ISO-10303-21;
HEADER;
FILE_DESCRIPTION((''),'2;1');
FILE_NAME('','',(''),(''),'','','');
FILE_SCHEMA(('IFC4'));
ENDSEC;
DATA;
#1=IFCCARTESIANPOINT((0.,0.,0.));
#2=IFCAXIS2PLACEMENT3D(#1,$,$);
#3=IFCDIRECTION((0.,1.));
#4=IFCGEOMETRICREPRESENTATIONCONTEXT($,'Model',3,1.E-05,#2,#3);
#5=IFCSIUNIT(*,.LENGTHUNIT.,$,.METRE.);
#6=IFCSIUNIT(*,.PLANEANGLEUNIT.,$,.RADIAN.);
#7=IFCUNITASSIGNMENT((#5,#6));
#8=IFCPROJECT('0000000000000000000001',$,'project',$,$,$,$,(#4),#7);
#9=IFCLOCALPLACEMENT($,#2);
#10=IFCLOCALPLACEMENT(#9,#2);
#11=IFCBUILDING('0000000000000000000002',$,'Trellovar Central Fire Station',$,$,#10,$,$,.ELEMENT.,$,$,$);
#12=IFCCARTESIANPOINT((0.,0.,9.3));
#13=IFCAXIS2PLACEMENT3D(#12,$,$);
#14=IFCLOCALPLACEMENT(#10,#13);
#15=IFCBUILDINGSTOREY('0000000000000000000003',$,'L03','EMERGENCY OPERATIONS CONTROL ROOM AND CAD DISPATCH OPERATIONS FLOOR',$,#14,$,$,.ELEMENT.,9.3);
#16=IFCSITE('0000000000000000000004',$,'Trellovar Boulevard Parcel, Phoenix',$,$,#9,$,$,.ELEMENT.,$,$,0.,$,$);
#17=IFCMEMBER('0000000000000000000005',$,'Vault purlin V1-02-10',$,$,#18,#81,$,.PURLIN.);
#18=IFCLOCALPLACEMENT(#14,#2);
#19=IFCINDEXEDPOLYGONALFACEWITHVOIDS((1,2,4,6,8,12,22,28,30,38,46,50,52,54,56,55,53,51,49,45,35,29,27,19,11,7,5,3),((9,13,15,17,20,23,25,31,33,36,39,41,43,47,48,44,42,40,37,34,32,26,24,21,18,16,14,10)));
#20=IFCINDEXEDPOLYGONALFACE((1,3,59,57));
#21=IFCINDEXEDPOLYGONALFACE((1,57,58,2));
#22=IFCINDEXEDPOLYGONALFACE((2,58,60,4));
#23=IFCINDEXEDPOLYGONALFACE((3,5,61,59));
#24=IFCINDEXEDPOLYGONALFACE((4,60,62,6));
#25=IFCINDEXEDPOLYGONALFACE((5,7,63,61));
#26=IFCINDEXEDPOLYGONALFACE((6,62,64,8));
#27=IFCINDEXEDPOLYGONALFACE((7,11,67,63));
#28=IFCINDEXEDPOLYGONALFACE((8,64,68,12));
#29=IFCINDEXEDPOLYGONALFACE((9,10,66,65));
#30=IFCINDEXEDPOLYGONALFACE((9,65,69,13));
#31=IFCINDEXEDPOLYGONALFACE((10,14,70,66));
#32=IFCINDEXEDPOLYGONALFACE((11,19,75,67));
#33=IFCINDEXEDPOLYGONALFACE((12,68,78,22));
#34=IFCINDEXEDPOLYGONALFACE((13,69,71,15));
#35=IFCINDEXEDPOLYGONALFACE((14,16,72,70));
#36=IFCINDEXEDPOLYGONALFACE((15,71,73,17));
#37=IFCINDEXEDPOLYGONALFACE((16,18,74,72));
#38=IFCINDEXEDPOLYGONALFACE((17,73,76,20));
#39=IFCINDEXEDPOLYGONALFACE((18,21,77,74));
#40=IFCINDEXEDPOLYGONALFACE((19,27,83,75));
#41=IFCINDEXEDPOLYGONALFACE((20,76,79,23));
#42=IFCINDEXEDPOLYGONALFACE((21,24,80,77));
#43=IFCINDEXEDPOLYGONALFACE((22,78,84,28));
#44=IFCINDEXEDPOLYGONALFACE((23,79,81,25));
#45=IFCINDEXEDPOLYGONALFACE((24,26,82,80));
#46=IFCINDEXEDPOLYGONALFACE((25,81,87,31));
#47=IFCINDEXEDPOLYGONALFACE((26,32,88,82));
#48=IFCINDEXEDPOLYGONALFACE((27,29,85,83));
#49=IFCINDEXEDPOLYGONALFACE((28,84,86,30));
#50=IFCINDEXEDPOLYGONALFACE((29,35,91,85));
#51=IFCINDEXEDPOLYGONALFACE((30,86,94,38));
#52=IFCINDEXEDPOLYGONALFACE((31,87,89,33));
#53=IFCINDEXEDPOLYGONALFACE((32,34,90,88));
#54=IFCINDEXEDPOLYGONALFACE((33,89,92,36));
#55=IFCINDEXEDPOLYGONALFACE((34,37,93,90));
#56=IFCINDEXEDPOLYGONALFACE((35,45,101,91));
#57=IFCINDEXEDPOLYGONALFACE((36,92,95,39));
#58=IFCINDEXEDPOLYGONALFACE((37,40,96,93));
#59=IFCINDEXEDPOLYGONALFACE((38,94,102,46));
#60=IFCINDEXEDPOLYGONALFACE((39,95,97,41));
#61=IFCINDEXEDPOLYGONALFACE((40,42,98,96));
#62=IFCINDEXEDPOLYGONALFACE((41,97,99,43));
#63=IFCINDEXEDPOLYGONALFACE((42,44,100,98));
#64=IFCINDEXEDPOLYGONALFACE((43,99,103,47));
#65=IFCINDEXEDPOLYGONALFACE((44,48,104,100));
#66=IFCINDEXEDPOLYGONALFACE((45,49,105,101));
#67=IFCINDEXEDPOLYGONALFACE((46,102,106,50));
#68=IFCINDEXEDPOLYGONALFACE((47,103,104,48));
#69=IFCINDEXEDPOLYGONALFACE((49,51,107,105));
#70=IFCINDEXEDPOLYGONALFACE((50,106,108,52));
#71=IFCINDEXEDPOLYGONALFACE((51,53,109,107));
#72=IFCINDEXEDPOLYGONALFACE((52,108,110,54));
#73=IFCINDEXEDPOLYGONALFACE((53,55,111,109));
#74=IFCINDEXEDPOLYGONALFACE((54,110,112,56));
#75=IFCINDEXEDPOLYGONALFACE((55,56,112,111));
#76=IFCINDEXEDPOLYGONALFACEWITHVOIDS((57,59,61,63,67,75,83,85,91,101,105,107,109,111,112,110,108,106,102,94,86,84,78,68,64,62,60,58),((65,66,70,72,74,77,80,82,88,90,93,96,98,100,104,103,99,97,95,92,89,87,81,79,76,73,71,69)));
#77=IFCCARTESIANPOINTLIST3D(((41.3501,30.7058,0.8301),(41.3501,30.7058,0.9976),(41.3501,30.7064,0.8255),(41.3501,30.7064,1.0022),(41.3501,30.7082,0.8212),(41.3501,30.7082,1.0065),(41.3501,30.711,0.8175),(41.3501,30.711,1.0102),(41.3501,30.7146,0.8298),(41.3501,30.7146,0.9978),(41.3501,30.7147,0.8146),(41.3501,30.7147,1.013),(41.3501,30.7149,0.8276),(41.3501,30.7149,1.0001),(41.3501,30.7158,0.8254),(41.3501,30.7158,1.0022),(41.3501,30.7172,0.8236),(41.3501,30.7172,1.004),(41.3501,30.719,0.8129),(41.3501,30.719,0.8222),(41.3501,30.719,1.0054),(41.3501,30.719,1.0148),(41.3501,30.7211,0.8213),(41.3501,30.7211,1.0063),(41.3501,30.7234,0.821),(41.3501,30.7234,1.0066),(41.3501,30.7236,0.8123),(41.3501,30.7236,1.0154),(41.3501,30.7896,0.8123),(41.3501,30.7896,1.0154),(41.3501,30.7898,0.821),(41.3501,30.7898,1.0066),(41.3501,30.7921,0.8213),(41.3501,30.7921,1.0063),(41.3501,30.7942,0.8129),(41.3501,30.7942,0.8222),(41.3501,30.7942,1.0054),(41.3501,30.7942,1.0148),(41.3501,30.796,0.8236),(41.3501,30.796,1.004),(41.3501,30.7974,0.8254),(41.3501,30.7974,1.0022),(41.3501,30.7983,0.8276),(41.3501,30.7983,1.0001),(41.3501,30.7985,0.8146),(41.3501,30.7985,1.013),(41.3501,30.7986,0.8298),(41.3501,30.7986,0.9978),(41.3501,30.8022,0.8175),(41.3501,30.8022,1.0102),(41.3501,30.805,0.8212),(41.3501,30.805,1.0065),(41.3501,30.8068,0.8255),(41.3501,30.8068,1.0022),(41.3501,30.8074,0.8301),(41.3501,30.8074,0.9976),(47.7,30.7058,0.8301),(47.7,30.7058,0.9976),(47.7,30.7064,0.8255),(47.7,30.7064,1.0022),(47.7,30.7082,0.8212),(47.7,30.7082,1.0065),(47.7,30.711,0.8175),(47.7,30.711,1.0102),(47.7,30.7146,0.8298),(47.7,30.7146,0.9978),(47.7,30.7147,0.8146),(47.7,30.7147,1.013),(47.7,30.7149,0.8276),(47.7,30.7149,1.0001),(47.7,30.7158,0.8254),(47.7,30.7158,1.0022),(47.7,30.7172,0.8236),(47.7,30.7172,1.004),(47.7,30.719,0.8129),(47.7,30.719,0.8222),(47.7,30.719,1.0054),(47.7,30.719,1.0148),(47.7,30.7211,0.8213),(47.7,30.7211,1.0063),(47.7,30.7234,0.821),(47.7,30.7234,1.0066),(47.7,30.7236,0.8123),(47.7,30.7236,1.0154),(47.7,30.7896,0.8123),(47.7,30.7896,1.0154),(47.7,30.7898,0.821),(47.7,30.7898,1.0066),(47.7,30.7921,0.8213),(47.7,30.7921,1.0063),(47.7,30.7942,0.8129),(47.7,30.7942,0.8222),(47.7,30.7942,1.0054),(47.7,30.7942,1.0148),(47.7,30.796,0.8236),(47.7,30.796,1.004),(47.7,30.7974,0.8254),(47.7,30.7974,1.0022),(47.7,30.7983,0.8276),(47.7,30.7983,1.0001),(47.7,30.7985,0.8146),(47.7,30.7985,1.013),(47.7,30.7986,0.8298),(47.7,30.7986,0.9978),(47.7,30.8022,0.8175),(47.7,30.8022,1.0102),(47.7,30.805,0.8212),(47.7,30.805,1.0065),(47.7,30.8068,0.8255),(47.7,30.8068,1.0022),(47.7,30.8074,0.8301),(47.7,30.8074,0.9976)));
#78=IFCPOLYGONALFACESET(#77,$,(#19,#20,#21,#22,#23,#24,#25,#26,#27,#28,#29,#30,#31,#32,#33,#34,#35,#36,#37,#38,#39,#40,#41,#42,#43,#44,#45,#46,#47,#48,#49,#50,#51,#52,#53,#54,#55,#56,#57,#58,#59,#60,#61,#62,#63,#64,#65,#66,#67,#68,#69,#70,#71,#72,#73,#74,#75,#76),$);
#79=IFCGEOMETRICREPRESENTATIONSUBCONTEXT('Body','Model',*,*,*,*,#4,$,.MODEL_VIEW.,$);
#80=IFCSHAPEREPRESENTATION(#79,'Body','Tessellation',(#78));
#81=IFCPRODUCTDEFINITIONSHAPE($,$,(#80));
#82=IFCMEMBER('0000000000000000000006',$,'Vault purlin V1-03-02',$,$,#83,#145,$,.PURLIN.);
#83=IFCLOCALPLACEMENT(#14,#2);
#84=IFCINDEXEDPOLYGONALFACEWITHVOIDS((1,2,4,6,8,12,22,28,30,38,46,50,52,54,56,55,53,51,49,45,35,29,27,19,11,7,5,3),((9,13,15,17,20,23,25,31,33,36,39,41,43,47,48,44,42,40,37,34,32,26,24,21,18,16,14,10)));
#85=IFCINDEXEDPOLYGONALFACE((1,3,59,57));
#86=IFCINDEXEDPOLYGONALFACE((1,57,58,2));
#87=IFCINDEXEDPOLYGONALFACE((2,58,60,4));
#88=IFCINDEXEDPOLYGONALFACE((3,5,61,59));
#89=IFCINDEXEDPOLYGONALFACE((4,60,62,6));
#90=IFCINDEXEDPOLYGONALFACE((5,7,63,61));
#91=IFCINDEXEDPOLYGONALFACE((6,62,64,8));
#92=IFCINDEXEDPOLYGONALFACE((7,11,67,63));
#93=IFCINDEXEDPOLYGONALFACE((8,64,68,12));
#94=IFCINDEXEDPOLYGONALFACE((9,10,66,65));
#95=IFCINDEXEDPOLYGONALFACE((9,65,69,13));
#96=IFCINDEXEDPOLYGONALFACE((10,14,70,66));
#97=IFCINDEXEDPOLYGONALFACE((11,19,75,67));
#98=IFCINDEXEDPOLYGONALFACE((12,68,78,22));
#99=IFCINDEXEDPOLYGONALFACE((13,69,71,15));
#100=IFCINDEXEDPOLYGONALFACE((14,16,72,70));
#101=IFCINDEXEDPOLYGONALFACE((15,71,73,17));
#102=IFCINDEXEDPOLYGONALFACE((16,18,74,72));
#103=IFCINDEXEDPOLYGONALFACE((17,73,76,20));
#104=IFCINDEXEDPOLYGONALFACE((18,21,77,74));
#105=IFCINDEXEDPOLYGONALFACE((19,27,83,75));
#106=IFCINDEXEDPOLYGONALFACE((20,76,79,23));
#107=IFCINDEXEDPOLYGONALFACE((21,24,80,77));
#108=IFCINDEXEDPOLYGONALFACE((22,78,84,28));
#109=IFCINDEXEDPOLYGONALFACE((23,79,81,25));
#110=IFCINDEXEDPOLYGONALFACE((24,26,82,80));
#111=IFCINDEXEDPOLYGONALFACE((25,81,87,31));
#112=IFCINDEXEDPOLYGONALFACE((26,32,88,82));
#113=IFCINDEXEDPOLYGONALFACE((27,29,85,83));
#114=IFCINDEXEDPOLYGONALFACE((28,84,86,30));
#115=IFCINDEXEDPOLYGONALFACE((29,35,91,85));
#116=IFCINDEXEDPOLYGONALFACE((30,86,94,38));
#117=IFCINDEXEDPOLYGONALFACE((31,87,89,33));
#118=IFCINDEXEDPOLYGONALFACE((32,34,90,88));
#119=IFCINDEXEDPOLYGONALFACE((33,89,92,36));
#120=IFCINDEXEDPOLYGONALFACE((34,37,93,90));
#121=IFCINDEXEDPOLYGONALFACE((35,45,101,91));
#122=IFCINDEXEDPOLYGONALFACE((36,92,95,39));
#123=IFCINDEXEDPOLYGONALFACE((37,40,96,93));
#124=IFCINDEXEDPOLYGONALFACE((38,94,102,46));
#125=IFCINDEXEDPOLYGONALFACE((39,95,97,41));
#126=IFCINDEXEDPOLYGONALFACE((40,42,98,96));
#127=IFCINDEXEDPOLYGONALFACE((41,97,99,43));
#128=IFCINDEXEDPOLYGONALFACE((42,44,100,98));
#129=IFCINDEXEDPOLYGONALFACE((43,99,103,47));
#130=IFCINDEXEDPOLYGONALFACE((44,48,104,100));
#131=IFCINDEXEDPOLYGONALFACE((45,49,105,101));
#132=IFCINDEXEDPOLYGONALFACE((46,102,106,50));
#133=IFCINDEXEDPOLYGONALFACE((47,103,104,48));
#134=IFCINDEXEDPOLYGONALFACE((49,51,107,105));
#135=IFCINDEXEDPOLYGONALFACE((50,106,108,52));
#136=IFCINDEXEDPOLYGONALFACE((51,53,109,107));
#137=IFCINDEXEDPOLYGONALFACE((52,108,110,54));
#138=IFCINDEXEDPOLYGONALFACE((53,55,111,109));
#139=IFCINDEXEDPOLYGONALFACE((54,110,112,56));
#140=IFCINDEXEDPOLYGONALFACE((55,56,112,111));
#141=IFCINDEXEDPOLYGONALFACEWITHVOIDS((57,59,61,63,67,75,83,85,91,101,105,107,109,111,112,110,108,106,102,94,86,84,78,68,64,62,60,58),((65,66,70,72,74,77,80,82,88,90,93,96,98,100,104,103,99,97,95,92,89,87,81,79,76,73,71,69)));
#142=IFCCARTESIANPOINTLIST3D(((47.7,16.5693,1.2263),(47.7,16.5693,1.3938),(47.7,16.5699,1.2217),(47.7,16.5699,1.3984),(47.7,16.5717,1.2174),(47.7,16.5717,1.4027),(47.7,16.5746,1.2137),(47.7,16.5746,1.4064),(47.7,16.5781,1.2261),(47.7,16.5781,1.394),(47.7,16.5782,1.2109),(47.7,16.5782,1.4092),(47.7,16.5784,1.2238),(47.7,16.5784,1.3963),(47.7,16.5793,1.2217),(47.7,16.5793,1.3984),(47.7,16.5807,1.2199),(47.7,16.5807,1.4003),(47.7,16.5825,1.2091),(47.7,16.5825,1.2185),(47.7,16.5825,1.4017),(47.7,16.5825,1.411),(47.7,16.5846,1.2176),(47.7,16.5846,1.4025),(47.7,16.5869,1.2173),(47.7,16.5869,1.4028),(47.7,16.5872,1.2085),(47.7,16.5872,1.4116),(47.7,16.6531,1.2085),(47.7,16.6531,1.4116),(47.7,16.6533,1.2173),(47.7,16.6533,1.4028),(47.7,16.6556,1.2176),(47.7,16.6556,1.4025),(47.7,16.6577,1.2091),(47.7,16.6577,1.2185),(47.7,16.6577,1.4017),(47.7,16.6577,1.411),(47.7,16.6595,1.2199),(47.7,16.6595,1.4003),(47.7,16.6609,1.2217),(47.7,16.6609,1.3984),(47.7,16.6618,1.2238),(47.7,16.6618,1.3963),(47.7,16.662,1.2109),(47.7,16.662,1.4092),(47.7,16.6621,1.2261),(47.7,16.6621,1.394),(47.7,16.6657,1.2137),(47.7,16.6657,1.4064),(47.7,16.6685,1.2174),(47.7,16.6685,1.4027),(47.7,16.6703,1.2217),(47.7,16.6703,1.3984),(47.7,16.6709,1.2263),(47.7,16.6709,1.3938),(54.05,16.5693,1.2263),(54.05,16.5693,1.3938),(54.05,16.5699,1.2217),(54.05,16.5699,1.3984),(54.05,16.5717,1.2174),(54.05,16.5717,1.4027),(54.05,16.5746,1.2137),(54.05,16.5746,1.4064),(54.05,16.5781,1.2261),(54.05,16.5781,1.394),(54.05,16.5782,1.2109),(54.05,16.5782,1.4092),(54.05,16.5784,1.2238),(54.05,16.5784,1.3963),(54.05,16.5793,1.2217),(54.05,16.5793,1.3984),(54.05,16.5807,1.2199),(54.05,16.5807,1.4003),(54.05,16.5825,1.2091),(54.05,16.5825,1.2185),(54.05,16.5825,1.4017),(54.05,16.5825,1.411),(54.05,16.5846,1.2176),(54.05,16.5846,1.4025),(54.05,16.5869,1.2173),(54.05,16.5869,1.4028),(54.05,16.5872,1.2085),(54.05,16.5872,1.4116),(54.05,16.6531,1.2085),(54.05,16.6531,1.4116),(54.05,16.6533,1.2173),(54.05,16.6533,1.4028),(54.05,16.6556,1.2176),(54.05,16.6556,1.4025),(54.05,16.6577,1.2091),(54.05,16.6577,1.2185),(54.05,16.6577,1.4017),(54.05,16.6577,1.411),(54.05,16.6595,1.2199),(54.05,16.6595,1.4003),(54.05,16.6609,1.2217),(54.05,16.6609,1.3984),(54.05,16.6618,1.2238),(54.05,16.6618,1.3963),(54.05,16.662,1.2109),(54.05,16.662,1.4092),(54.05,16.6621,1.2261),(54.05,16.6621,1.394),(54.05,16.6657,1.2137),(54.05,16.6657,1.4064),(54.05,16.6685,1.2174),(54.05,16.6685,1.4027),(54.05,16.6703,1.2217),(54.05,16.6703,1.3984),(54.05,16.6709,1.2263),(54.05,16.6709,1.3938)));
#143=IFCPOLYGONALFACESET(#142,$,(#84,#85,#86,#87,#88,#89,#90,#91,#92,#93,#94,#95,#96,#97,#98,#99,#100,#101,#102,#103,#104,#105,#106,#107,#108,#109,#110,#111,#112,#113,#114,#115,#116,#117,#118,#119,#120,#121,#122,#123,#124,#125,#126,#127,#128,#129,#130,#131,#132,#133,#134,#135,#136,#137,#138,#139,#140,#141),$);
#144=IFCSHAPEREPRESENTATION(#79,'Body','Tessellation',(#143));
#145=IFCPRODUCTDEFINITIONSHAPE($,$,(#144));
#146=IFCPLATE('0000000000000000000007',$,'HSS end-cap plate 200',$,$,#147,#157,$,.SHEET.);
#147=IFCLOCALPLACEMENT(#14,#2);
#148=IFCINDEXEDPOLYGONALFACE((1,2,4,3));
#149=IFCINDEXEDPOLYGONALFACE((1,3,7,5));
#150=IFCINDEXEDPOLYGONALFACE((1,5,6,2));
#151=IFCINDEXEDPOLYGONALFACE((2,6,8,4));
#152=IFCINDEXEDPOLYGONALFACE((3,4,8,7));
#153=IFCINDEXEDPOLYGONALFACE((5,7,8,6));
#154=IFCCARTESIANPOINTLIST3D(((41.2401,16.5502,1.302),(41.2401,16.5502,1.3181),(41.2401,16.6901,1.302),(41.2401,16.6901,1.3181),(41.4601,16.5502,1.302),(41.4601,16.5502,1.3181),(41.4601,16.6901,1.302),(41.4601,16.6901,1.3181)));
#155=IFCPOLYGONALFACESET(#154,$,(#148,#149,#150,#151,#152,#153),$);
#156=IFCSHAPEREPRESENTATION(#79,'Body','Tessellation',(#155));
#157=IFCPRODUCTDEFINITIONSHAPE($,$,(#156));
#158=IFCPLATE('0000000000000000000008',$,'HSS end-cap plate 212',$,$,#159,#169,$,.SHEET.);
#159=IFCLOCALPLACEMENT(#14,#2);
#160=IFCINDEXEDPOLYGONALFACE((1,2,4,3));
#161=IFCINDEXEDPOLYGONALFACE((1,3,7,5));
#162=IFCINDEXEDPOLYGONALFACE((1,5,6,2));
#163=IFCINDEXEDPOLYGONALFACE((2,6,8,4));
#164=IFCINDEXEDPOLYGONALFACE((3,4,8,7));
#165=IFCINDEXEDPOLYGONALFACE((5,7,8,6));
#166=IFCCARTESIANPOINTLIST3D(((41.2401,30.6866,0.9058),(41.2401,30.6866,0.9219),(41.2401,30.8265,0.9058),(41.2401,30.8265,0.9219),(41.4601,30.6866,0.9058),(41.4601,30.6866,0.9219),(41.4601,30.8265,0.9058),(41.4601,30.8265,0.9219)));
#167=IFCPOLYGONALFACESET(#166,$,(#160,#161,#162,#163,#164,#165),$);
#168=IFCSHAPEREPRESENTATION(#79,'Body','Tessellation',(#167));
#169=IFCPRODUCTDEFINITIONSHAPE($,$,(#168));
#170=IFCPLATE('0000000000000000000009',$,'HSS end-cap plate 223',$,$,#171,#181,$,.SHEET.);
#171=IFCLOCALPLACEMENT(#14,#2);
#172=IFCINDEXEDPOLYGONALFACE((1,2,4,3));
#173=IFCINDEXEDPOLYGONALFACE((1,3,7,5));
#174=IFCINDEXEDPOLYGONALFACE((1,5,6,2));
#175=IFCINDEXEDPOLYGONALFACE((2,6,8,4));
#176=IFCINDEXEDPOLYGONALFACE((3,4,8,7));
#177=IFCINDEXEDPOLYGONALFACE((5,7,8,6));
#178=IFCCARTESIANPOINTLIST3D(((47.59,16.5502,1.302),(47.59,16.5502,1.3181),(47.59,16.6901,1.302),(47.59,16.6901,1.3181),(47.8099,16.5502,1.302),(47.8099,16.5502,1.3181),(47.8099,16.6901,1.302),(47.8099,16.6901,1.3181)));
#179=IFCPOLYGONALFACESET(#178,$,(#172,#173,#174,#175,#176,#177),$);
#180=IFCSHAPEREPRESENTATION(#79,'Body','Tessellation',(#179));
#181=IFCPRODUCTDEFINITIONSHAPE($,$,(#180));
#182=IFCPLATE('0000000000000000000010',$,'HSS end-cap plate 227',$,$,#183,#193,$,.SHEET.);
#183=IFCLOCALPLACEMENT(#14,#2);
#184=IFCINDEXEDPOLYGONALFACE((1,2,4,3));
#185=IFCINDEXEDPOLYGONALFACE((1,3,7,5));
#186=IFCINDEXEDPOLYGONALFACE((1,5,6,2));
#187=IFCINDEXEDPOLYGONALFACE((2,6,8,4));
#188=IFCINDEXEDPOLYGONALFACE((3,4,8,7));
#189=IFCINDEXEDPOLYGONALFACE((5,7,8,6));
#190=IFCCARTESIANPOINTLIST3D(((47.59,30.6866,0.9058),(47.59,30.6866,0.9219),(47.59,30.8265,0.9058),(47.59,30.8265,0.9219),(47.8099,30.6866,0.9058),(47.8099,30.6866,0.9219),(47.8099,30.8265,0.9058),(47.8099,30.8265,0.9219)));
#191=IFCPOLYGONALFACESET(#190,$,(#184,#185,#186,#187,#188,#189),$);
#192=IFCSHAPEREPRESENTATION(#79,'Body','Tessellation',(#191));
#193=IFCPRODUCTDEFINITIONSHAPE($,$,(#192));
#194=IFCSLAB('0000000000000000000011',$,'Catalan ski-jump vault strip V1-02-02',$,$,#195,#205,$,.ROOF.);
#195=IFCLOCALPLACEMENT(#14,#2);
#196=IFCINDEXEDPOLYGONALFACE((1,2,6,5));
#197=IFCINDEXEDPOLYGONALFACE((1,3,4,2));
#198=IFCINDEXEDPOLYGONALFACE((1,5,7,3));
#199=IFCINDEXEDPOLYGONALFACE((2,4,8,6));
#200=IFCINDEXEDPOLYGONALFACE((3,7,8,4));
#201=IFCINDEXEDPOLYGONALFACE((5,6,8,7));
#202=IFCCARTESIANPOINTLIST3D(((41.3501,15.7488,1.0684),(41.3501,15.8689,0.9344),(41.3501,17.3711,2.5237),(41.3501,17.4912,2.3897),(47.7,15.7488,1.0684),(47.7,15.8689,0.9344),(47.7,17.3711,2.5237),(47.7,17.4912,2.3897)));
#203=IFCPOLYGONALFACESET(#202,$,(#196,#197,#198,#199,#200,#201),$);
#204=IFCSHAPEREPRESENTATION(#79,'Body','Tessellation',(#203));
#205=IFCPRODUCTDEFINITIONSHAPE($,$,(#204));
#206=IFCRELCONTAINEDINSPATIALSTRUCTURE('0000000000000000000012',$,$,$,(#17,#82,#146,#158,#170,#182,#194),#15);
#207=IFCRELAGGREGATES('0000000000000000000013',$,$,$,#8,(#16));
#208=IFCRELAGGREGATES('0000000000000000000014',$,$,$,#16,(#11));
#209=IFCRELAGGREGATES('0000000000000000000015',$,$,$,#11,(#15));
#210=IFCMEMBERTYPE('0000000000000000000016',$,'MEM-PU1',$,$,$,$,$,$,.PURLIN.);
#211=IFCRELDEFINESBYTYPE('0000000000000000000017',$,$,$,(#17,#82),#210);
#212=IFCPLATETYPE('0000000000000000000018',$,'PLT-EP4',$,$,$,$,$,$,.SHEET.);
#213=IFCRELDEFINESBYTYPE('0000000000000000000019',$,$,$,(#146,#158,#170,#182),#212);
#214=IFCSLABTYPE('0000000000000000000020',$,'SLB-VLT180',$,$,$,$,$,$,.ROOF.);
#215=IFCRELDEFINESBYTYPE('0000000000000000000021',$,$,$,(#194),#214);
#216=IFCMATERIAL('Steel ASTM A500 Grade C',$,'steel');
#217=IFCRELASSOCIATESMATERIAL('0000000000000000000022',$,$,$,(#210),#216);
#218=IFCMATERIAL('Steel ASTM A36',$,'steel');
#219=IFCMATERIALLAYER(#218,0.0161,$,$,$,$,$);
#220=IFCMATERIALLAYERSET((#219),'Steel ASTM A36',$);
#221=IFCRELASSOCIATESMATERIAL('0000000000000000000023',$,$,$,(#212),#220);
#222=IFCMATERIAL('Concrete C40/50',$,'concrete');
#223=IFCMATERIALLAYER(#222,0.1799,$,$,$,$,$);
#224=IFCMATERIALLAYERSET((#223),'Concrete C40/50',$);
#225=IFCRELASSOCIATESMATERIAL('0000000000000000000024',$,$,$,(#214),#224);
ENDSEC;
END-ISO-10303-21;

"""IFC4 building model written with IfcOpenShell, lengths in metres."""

from ifc_helpers import new_model, si_unit, direction, frame, origin, origin_2d, place, context, subcontext, project, spatial, polyline, rectangle, hollow_rectangle, outline, extrude, material, layer, layer_set, material_profile, profile_set, type_object, element, save


model = new_model("IFC4")

# Units and contexts
model_context = context("Model", 3, precision=1e-05, world=origin(), true_north=direction((0.0, 1.0)))
body_context = subcontext(model_context, "Body", "Model", "MODEL_VIEW")
ifc_project = project(units=[si_unit("LENGTHUNIT", "METRE"), si_unit("PLANEANGLEUNIT", "RADIAN")], contexts=[model_context])

# Site, building, storey
site_placement = place(None, origin())
site = spatial("IfcSite", under=ifc_project, at=site_placement, Name="Trellovar Boulevard Parcel, Phoenix", CompositionType="ELEMENT", RefElevation=0.0)
building_placement = place(site_placement, origin())
building = spatial("IfcBuilding", under=site, at=building_placement, Name="Trellovar Central Fire Station", CompositionType="ELEMENT")
storey_placement = place(building_placement, frame((0.0, 0.0, 9.3)))
storey = spatial("IfcBuildingStorey", under=building, at=storey_placement, Name="L03", Description="EMERGENCY OPERATIONS CONTROL ROOM AND CAD DISPATCH OPERATIONS FLOOR", CompositionType="ELEMENT", Elevation=9.3)

# Members
ifc_material_1 = material(Name="Steel ASTM A500 Grade C", Category="steel")
ifc_material_profile_1 = material_profile(ifc_material_1, hollow_rectangle(XDim=0.1016, YDim=0.2031, WallThickness=0.0088, InnerFilletRadius=0.0088, OuterFilletRadius=0.0178, at=origin_2d()), Name="HSS8X4X3/8")
ifc_profile_set_1 = profile_set([ifc_material_profile_1], Name="Steel ASTM A500 Grade C")
member_type_1 = type_object("IfcMemberType", Name="MEM-PU1", PredefinedType="PURLIN", material=ifc_profile_set_1)
for number, where, z_axis, x_axis, name in (
    (1, (41.3501, 30.7566, 0.9138), (1.0, 0.0, 0.0), (0.0, 1.0, 0.0), "Vault purlin V1-02-10"),
):
    element("IfcMember", number, at=place(storey_placement, frame(where, z_axis=z_axis, x_axis=x_axis)), inside=storey, type_object=member_type_1, Name=name, PredefinedType="PURLIN", context=body_context, shape_type="SweptSolid", body=[
        extrude(hollow_rectangle(XDim=0.1016, YDim=0.2031, WallThickness=0.0088, InnerFilletRadius=0.0088, OuterFilletRadius=0.0178, at=origin_2d()), origin(), (0.0, 0.0, 1.0), 6.3499),
    ])
member_1_placement = place(storey_placement, frame((47.7, 16.6201, 1.3101), z_axis=(1.0, 0.0, 0.0), x_axis=(0.0, 1.0, 0.0)))
element("IfcMember", 2, at=member_1_placement, inside=storey, type_object=member_type_1, Name="Vault purlin V1-03-02", PredefinedType="PURLIN", context=body_context, shape_type="SweptSolid", body=[
    extrude(hollow_rectangle(XDim=0.1016, YDim=0.2031, WallThickness=0.0088, InnerFilletRadius=0.0088, OuterFilletRadius=0.0178, at=origin_2d()), origin(), (0.0, 0.0, 1.0), 6.3501),
])

# Plates
ifc_material_2 = material(Name="Steel ASTM A36", Category="steel")
ifc_layer_1 = layer(ifc_material_2, 0.0161)
ifc_layer_set_1 = layer_set([ifc_layer_1], Name="Steel ASTM A36")
plate_type = type_object("IfcPlateType", Name="PLT-EP4", PredefinedType="SHEET", material=ifc_layer_set_1)
for number, where, z_axis, x_axis, name in (
    (3, (41.3501, 16.6201, 1.302), (0.0, 0.0, 1.0), (1.0, 0.0, 0.0), "HSS end-cap plate 200"),
    (4, (41.3501, 30.7566, 0.9058), (0.0, 0.0, 1.0), (1.0, 0.0, 0.0), "HSS end-cap plate 212"),
    (5, (47.7, 16.6201, 1.302), (0.0, 0.0, 1.0), (1.0, 0.0, 0.0), "HSS end-cap plate 223"),
    (6, (47.7, 30.7566, 0.9058), (0.0, 0.0, 1.0), (1.0, 0.0, 0.0), "HSS end-cap plate 227"),
):
    element("IfcPlate", number, at=place(storey_placement, frame(where, z_axis=z_axis, x_axis=x_axis)), inside=storey, type_object=plate_type, Name=name, PredefinedType="SHEET", context=body_context, shape_type="SweptSolid", body=[
        extrude(rectangle(XDim=0.22, YDim=0.1399, at=origin_2d()), origin(), (0.0, 0.0, 1.0), 0.0161),
    ])

# Slab
ifc_material_3 = material(Name="Concrete C40/50", Category="concrete")
ifc_layer_2 = layer(ifc_material_3, 0.1799)
ifc_layer_set_2 = layer_set([ifc_layer_2], Name="Concrete C40/50")
slab_type = type_object("IfcSlabType", Name="SLB-VLT180", PredefinedType="ROOF", material=ifc_layer_set_2)
slab_1_placement = place(storey_placement, frame((41.3501, 15.7488, 1.0684), z_axis=(0.0, -0.667757, 0.744379), x_axis=(1.0, 0.0, 0.0)))
element("IfcSlab", 7, at=slab_1_placement, inside=storey, type_object=slab_type, Name="Catalan ski-jump vault strip V1-02-02", PredefinedType="ROOF", context=body_context, shape_type="SweptSolid", body=[
    extrude(outline(polyline([(0.0, 0.0), (6.3499, 0.0), (6.3499, 2.1794), (0.0, 2.1794), (0.0, 0.0)])), origin(), (0.0, 0.0, -1.0), 0.1799),
])

save(model, "model.ifc")
